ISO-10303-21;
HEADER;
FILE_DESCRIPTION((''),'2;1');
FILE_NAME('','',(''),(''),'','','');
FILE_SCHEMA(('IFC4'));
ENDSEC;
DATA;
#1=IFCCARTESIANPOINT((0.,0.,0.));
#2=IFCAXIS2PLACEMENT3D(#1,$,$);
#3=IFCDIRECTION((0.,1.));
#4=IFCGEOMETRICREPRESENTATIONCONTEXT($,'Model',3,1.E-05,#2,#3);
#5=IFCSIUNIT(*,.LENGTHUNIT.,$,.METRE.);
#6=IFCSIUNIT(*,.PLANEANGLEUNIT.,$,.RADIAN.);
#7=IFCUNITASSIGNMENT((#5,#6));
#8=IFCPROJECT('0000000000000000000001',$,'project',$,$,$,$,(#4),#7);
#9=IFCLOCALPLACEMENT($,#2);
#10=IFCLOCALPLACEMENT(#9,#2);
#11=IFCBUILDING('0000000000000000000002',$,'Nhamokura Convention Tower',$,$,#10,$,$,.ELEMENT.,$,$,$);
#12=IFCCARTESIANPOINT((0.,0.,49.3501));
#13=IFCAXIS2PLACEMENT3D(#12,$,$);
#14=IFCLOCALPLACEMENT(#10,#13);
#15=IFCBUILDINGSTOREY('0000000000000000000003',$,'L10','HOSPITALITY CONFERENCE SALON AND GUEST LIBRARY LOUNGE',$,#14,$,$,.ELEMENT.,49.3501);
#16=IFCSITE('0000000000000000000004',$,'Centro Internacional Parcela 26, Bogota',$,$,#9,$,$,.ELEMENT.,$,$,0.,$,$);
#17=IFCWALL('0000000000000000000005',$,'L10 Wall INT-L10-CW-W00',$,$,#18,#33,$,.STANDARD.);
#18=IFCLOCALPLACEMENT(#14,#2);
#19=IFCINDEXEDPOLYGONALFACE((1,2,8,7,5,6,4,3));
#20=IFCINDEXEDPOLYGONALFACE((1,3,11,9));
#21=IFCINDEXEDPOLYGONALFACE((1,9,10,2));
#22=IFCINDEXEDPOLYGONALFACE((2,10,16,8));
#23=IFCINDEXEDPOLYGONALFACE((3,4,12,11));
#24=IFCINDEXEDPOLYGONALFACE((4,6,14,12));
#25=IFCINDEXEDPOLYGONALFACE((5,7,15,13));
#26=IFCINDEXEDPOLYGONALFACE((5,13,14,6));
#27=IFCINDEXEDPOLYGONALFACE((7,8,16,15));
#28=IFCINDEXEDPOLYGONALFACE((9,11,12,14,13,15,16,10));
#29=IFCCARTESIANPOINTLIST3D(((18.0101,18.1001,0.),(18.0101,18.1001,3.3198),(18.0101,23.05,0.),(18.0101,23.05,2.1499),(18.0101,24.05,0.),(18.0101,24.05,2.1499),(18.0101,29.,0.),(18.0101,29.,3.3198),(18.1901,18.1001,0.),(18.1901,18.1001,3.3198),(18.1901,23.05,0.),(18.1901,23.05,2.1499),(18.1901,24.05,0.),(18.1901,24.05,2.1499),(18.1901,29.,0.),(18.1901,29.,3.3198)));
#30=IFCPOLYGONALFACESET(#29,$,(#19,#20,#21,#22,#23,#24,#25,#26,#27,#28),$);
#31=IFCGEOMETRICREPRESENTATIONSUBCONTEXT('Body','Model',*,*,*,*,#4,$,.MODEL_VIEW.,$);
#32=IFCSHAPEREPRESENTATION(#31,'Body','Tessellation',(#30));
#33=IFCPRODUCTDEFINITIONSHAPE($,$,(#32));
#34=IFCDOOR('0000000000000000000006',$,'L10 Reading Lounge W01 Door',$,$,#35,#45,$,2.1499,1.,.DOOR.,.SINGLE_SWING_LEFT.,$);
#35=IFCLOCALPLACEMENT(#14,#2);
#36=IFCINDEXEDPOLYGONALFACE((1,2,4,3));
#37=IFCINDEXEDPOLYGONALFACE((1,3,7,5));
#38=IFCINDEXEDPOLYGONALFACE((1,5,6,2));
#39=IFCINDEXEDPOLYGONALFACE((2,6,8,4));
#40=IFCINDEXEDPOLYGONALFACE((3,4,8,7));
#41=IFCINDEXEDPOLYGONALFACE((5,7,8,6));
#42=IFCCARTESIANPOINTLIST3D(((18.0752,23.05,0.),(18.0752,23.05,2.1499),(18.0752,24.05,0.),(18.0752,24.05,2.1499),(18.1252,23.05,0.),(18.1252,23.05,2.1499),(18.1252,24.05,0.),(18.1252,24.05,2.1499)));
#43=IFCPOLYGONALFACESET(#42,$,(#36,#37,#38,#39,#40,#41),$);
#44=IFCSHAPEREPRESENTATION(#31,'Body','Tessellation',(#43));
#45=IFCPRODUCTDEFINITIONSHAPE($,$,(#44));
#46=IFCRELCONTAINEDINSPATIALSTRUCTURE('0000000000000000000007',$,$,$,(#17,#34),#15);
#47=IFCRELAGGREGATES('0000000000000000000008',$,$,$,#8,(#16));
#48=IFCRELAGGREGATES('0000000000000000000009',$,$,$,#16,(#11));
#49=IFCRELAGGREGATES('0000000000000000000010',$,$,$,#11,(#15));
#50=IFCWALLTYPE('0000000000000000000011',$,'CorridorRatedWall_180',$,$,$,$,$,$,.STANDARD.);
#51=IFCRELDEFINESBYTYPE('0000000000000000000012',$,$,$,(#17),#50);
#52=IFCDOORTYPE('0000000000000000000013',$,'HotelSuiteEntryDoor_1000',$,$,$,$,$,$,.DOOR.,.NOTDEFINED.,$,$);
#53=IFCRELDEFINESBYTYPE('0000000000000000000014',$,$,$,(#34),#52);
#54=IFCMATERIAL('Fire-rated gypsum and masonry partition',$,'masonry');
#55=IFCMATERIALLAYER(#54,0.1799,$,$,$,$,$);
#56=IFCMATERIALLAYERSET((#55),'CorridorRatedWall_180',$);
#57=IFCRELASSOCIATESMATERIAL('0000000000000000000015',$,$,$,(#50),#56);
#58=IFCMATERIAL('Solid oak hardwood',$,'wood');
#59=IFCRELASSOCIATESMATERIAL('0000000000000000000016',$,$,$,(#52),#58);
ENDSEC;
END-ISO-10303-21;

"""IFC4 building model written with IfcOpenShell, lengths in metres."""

from ifc_helpers import new_model, si_unit, direction, frame, frame_2d, origin, place, context, subcontext, project, spatial, rectangle, extrude, material, layer, layer_set, type_object, element, fill, save


model = new_model("IFC4")

# Units and contexts
model_context = context("Model", 3, precision=1e-05, world=origin(), true_north=direction((0.0, 1.0)))
body_context = subcontext(model_context, "Body", "Model", "MODEL_VIEW")
ifc_project = project(units=[si_unit("LENGTHUNIT", "METRE"), si_unit("PLANEANGLEUNIT", "RADIAN")], contexts=[model_context])

# Site, building, storey
site_placement = place(None, origin())
site = spatial("IfcSite", under=ifc_project, at=site_placement, Name="Centro Internacional Parcela 26, Bogota", CompositionType="ELEMENT", RefElevation=0.0)
building_placement = place(site_placement, origin())
building = spatial("IfcBuilding", under=site, at=building_placement, Name="Nhamokura Convention Tower", CompositionType="ELEMENT")
storey_placement = place(building_placement, frame((0.0, 0.0, 49.3501)))
storey = spatial("IfcBuildingStorey", under=building, at=storey_placement, Name="L10", Description="HOSPITALITY CONFERENCE SALON AND GUEST LIBRARY LOUNGE", CompositionType="ELEMENT", Elevation=49.3501)

# Wall, opening, door
ifc_material_1 = material(Name="Fire-rated gypsum and masonry partition", Category="masonry")
ifc_layer_1 = layer(ifc_material_1, 0.1799)
ifc_layer_set_1 = layer_set([ifc_layer_1], Name="CorridorRatedWall_180")
wall_type_1 = type_object("IfcWallType", Name="CorridorRatedWall_180", PredefinedType="STANDARD", material=ifc_layer_set_1)
ifc_material_2 = material(Name="Solid oak hardwood", Category="wood")
door_type = type_object("IfcDoorType", Name="HotelSuiteEntryDoor_1000", OperationType="NOTDEFINED", PredefinedType="DOOR", material=ifc_material_2)
wall_1_placement = place(storey_placement, frame((18.1001, 18.1001, 0.0), z_axis=(0.0, 0.0, 1.0), x_axis=(0.0, 1.0, 0.0)))
wall_1 = element("IfcWall", 1, at=wall_1_placement, inside=storey, type_object=wall_type_1, Name="L10 Wall INT-L10-CW-W00", PredefinedType="STANDARD", context=body_context, shape_type="SweptSolid", body=[
    extrude(rectangle(XDim=10.8999, YDim=0.1799, at=frame_2d((5.45, 0.0))), origin(), (0.0, 0.0, 1.0), 3.3198),
])
opening_1_placement = place(wall_1_placement, frame((4.95, 0.0, 0.0)))
opening_1 = element("IfcOpeningElement", 2, at=opening_1_placement, cuts=wall_1, PredefinedType="OPENING", context=body_context, shape_type="SweptSolid", body=[
    extrude(rectangle(XDim=1.0, YDim=2.1499, at=frame_2d((0.5, 1.075))), frame((0.0, 0.0999, 0.0), z_axis=(0.0, -1.0, 0.0), x_axis=(1.0, 0.0, 0.0)), (0.0, 0.0, 1.0), 0.2),
])
door_1_placement = place(opening_1_placement, origin())
door_1 = element("IfcDoor", 3, at=door_1_placement, inside=storey, type_object=door_type, Name="L10 Reading Lounge W01 Door", OperationType="SINGLE_SWING_LEFT", OverallHeight=2.1499, OverallWidth=1.0, PredefinedType="DOOR", context=body_context, shape_type="SweptSolid", body=[
    extrude(rectangle(XDim=1.0, YDim=2.1499, at=frame_2d((0.5, 1.075))), frame((0.0, 0.0249, 0.0), z_axis=(0.0, -1.0, 0.0), x_axis=(1.0, 0.0, 0.0)), (0.0, 0.0, 1.0), 0.05),
])
fill(opening_1, door_1)

save(model, "model.ifc")
